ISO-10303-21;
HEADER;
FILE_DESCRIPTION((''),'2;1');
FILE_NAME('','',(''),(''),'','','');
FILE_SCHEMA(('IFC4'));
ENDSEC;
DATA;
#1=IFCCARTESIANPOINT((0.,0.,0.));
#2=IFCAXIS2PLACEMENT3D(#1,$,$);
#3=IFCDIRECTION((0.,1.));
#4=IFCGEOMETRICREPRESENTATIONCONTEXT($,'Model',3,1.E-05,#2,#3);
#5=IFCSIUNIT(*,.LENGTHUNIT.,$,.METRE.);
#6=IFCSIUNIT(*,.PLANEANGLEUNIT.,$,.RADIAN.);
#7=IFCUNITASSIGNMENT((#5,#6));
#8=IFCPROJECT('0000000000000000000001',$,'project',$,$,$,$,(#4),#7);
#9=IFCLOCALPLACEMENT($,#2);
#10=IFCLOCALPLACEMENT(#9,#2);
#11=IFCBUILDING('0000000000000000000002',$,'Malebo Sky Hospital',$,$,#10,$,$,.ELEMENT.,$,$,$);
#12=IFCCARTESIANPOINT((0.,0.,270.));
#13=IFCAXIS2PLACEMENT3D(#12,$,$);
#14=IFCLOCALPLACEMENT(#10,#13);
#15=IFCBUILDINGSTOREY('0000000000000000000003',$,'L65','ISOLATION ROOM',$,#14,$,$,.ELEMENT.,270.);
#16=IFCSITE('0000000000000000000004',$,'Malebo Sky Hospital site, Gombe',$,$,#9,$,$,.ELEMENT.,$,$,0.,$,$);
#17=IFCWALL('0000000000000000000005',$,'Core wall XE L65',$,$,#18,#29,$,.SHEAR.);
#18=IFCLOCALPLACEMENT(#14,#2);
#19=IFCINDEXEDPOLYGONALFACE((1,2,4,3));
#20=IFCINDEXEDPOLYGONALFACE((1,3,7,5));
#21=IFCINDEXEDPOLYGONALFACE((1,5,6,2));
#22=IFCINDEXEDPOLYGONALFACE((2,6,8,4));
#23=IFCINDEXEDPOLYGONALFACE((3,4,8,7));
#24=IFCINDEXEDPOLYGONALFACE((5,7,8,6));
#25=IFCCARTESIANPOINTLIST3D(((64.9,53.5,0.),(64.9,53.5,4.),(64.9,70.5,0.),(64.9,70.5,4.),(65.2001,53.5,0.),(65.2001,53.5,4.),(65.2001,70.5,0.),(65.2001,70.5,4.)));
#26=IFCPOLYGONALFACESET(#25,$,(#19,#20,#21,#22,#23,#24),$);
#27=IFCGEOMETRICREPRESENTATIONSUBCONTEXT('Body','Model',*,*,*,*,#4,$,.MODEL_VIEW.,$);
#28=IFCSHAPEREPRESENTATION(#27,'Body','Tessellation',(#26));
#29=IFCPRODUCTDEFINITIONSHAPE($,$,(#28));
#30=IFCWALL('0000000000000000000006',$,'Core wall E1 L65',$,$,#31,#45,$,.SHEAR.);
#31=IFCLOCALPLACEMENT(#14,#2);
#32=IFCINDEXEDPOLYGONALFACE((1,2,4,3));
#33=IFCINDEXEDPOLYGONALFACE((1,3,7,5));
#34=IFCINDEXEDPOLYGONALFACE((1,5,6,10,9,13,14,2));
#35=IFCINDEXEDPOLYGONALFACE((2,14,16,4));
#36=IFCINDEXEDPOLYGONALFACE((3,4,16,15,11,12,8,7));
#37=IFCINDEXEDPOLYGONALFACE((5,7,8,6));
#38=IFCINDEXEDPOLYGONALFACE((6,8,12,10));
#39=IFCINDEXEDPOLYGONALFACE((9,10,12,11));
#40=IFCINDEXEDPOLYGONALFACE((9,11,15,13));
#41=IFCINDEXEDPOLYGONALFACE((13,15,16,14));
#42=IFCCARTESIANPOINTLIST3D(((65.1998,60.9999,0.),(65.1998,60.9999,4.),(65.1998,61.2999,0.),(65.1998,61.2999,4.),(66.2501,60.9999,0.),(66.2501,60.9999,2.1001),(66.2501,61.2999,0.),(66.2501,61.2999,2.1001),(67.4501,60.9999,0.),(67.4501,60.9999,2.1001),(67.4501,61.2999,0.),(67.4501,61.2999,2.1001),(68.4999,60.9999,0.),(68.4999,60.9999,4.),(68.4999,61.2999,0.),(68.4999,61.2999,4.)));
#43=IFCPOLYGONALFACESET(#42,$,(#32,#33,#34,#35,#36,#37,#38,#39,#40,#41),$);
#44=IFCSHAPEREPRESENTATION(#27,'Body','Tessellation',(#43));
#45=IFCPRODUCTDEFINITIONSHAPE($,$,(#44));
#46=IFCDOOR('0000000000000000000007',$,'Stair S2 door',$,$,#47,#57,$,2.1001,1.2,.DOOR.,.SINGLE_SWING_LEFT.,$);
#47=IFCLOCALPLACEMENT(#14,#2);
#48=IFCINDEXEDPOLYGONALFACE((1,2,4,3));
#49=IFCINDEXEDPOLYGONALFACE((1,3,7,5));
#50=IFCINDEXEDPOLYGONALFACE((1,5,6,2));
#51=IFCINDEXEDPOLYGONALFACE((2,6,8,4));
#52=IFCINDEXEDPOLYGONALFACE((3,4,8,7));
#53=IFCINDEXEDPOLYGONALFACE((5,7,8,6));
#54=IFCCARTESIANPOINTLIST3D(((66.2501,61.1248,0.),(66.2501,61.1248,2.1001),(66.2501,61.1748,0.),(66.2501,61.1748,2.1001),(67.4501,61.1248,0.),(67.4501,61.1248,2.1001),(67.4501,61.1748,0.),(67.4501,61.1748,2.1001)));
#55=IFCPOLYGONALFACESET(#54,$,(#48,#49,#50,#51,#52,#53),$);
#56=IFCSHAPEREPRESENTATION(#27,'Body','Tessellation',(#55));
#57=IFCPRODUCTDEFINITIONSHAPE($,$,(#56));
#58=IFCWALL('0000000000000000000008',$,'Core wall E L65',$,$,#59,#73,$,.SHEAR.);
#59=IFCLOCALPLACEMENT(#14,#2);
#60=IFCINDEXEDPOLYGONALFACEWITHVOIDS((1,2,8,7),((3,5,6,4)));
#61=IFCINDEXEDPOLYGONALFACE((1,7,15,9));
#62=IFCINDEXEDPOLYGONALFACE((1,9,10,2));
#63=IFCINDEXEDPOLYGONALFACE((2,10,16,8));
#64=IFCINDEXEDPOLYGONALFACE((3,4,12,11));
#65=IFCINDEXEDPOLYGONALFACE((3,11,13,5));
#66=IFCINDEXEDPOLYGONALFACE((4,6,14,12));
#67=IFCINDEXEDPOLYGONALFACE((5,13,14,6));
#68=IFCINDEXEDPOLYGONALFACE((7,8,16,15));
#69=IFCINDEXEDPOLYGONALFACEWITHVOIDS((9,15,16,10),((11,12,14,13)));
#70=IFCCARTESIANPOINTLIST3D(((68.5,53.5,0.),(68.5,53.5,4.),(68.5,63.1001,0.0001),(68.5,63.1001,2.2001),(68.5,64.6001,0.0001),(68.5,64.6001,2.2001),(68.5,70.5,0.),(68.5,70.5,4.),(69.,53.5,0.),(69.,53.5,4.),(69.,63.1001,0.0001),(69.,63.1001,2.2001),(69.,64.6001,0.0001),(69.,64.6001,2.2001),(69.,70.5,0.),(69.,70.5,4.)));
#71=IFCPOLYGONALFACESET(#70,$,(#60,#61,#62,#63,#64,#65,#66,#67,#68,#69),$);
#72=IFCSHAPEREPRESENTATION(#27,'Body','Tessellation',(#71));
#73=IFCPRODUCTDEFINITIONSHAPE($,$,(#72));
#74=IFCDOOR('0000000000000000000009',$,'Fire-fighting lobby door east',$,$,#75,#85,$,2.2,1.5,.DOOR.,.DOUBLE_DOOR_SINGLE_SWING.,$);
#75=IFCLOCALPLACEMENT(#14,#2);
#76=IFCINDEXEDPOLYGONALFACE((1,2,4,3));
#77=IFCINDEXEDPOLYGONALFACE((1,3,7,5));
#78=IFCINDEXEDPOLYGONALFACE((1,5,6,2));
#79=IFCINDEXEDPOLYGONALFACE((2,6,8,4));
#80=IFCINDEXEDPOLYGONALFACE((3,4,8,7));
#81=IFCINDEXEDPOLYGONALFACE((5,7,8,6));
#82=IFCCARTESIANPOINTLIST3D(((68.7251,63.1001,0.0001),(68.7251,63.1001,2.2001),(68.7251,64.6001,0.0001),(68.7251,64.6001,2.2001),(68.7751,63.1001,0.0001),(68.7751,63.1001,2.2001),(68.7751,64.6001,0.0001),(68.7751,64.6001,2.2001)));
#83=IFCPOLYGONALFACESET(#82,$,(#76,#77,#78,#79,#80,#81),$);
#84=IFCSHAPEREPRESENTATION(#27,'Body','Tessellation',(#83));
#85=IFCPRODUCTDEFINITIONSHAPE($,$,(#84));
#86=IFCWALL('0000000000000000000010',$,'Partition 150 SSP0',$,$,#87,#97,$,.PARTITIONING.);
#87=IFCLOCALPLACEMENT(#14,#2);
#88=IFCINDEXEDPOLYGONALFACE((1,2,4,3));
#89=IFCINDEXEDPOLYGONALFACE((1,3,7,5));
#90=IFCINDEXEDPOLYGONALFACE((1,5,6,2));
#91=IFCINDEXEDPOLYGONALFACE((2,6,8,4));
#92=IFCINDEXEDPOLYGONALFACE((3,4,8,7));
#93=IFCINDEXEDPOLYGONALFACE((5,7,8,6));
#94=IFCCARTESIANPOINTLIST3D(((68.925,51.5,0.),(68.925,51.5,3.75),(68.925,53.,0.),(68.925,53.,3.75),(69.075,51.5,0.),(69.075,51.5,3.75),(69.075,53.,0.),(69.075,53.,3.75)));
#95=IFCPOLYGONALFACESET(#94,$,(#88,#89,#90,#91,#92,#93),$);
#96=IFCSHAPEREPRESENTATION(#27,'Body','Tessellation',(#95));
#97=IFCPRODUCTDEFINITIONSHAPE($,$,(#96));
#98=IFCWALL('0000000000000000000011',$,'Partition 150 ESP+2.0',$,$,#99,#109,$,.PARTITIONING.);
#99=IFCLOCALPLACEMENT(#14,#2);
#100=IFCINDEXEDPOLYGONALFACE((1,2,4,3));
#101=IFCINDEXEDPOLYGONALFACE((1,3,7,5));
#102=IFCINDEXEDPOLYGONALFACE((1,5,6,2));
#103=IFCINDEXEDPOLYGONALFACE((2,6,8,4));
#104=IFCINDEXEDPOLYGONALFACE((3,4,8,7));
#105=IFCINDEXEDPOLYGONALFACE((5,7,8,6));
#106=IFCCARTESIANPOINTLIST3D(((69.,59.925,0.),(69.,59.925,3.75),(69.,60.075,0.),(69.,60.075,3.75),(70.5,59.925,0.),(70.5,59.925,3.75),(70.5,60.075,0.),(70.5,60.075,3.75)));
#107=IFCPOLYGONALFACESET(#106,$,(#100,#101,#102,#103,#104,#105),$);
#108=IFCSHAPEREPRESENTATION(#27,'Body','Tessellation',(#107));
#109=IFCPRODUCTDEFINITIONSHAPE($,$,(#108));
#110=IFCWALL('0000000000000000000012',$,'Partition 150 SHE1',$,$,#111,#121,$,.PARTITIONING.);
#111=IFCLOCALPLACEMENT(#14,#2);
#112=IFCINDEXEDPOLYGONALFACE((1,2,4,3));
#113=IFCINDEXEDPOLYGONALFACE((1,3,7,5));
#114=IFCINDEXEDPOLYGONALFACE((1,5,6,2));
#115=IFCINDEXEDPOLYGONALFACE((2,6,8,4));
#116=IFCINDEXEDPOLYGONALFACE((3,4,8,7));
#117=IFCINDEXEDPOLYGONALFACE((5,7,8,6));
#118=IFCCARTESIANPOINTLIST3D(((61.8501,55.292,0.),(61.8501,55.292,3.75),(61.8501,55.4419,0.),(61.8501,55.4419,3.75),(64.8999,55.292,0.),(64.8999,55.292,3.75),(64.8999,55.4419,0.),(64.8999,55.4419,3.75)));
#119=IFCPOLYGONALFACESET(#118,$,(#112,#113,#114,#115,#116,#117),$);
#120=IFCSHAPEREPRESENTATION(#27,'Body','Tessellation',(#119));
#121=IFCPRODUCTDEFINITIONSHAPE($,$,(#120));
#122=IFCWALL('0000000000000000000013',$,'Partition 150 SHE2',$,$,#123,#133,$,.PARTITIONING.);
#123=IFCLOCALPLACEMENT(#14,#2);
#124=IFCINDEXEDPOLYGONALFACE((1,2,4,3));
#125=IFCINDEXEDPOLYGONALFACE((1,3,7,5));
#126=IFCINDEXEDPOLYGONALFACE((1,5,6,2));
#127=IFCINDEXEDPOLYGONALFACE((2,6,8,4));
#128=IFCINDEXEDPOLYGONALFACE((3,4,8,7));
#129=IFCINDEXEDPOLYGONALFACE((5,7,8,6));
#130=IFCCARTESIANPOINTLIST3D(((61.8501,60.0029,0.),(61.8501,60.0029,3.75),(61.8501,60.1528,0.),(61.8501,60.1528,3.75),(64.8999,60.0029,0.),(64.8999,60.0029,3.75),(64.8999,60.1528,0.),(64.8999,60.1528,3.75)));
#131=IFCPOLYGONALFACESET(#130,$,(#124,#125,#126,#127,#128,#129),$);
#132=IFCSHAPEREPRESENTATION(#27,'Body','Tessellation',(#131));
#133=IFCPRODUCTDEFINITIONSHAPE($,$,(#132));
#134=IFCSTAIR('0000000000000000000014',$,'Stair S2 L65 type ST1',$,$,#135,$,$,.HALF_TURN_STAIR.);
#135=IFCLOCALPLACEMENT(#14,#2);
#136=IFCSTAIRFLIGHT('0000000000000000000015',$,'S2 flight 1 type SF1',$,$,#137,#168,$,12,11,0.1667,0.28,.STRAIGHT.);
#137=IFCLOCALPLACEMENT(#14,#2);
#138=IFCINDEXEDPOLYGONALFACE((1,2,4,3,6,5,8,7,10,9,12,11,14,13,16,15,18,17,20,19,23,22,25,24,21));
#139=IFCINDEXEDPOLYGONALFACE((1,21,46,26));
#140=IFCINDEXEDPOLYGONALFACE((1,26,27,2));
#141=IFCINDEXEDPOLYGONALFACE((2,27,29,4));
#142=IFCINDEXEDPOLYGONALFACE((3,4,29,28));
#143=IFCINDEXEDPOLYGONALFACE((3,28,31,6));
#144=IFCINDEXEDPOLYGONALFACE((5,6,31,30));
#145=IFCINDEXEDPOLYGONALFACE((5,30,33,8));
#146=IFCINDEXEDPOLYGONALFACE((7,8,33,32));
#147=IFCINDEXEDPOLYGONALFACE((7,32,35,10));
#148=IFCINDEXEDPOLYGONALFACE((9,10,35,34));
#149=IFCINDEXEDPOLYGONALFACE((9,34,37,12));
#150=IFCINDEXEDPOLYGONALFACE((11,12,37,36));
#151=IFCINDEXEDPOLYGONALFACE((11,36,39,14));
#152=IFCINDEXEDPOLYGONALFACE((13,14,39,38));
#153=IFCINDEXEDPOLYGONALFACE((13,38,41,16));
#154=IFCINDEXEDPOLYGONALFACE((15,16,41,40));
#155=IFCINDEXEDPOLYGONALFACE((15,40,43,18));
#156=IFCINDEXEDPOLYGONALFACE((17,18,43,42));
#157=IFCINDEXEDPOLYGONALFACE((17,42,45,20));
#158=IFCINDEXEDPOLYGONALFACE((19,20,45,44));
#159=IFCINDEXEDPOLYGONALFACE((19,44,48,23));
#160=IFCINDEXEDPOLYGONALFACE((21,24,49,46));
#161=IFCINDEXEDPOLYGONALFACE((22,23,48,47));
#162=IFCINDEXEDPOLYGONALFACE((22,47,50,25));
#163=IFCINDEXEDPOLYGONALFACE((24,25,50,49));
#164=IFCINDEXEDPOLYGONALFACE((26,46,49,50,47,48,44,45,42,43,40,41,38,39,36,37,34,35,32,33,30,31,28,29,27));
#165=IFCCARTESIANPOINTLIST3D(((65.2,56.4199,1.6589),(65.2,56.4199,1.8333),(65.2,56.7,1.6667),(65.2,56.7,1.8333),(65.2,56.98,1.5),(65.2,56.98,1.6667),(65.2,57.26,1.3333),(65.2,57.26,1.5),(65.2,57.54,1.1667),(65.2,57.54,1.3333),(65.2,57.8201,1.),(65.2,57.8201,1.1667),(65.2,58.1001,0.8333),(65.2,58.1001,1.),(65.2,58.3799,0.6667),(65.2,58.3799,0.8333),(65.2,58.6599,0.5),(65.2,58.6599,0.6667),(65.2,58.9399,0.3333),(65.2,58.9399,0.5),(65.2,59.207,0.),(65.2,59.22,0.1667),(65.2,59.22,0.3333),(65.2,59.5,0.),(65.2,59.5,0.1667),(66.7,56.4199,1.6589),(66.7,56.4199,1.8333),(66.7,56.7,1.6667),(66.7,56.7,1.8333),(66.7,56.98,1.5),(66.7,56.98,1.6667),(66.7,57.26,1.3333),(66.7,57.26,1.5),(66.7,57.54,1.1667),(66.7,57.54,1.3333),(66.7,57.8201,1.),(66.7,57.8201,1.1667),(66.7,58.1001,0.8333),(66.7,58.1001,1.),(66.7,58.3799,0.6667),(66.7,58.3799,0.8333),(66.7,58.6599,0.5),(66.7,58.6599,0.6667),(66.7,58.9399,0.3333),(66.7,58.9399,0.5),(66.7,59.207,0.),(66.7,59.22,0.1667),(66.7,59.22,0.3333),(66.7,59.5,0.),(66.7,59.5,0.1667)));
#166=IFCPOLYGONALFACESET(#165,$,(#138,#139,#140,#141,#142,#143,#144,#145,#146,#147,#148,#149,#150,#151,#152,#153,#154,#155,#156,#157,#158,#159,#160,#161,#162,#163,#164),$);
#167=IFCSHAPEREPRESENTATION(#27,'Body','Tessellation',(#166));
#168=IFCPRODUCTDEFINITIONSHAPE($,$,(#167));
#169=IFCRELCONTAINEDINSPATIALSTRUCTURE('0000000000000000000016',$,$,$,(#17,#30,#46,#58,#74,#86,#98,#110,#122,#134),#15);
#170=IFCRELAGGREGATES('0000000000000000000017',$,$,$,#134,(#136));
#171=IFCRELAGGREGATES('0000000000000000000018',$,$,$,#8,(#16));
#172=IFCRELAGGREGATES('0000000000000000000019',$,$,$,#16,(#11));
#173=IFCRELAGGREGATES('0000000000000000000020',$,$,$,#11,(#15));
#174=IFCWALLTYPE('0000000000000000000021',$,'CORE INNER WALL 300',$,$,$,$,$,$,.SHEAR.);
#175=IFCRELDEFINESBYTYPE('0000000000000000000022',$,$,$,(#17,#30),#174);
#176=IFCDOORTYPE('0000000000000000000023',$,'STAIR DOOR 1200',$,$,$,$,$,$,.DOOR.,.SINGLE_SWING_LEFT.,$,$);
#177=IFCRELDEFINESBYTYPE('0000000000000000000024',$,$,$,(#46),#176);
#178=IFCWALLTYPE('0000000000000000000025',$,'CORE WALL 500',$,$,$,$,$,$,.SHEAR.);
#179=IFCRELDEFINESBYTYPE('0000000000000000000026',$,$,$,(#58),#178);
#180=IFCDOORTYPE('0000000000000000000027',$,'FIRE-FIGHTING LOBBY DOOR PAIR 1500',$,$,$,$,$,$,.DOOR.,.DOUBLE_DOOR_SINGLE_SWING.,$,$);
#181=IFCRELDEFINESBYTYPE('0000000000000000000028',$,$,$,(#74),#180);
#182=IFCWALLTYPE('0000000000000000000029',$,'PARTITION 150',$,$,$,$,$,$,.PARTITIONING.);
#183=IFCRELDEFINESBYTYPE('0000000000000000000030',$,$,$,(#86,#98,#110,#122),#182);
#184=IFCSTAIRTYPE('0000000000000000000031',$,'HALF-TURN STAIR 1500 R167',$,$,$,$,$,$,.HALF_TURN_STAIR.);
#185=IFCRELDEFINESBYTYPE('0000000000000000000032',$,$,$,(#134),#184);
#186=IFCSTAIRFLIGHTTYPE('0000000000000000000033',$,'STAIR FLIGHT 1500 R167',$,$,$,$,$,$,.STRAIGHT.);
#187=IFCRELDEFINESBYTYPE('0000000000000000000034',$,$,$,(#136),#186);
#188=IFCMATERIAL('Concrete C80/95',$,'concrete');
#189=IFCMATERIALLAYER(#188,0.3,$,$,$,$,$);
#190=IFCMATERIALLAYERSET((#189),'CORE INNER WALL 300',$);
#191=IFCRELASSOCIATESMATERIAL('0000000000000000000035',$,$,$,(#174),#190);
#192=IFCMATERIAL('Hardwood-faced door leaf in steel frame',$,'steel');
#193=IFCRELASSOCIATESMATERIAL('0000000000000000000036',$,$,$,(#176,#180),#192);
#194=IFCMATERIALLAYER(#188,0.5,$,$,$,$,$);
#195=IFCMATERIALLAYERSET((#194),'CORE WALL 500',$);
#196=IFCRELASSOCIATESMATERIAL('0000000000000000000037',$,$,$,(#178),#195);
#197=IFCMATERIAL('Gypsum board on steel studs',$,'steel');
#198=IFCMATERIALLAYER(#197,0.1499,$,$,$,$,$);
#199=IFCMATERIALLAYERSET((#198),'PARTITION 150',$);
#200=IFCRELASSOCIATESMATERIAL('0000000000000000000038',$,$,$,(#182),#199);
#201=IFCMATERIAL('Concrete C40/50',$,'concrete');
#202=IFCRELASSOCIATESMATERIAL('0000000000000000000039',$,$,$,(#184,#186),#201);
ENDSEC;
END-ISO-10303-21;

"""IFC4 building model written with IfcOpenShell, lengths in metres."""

from ifc_helpers import new_model, si_unit, direction, frame, frame_2d, origin, place, context, subcontext, project, spatial, polyline, rectangle, outline, extrude, material, layer, layer_set, type_object, element, fill, aggregate, save


model = new_model("IFC4")

# Units and contexts
model_context = context("Model", 3, precision=1e-05, world=origin(), true_north=direction((0.0, 1.0)))
body_context = subcontext(model_context, "Body", "Model", "MODEL_VIEW")
ifc_project = project(units=[si_unit("LENGTHUNIT", "METRE"), si_unit("PLANEANGLEUNIT", "RADIAN")], contexts=[model_context])

# Site, building, storey
site_placement = place(None, origin())
site = spatial("IfcSite", under=ifc_project, at=site_placement, Name="Malebo Sky Hospital site, Gombe", CompositionType="ELEMENT", RefElevation=0.0)
building_placement = place(site_placement, origin())
building = spatial("IfcBuilding", under=site, at=building_placement, Name="Malebo Sky Hospital", CompositionType="ELEMENT")
storey_placement = place(building_placement, frame((0.0, 0.0, 270.0)))
storey = spatial("IfcBuildingStorey", under=building, at=storey_placement, Name="L65", Description="ISOLATION ROOM", CompositionType="ELEMENT", Elevation=270.0)

# Shared definitions
ifc_material_1 = material(Name="Concrete C80/95", Category="concrete")
ifc_material_2 = material(Name="Hardwood-faced door leaf in steel frame", Category="steel")

# Wall
ifc_layer_1 = layer(ifc_material_1, 0.3)
ifc_layer_set_1 = layer_set([ifc_layer_1], Name="CORE INNER WALL 300")
wall_type_1 = type_object("IfcWallType", Name="CORE INNER WALL 300", PredefinedType="SHEAR", material=ifc_layer_set_1)
wall_1_placement = place(storey_placement, frame((65.05, 53.5, 0.0), z_axis=(0.0, 0.0, 1.0), x_axis=(0.0, 1.0, 0.0)))
element("IfcWall", 1, at=wall_1_placement, inside=storey, type_object=wall_type_1, Name="Core wall XE L65", PredefinedType="SHEAR", context=body_context, shape_type="SweptSolid", body=[
    extrude(rectangle(XDim=17.0, YDim=0.3, at=frame_2d((8.5, 0.0))), origin(), (0.0, 0.0, 1.0), 4.0),
])

# Walls, openings, doors
wall_2_placement = place(storey_placement, frame((65.2, 61.1499, 0.0), z_axis=(0.0, 0.0, 1.0), x_axis=(1.0, 0.0, 0.0)))
wall_2 = element("IfcWall", 2, at=wall_2_placement, inside=storey, type_object=wall_type_1, Name="Core wall E1 L65", PredefinedType="SHEAR", context=body_context, shape_type="SweptSolid", body=[
    extrude(rectangle(XDim=3.3, YDim=0.3, at=frame_2d((1.6499, 0.0))), origin(), (0.0, 0.0, 1.0), 4.0),
])
opening_1_placement = place(wall_2_placement, frame((1.05, 0.0, 0.0)))
opening_1 = element("IfcOpeningElement", 3, at=opening_1_placement, cuts=wall_2, PredefinedType="OPENING", context=body_context, shape_type="SweptSolid", body=[
    extrude(rectangle(XDim=1.2, YDim=2.1001, at=frame_2d((0.6001, 1.05))), frame((0.0, 0.1599, 0.0), z_axis=(0.0, -1.0, 0.0), x_axis=(1.0, 0.0, 0.0)), (0.0, 0.0, 1.0), 0.3201),
])
door_type_1 = type_object("IfcDoorType", Name="STAIR DOOR 1200", OperationType="SINGLE_SWING_LEFT", PredefinedType="DOOR", material=ifc_material_2)
door_1_placement = place(opening_1_placement, origin())
door_1 = element("IfcDoor", 4, at=door_1_placement, inside=storey, type_object=door_type_1, Name="Stair S2 door", OperationType="SINGLE_SWING_LEFT", OverallHeight=2.1001, OverallWidth=1.2, PredefinedType="DOOR", context=body_context, shape_type="SweptSolid", body=[
    extrude(rectangle(XDim=1.2, YDim=2.1001, at=frame_2d((0.6001, 1.05))), frame((0.0, 0.0249, 0.0), z_axis=(0.0, -1.0, 0.0), x_axis=(1.0, 0.0, 0.0)), (0.0, 0.0, 1.0), 0.05),
])
fill(opening_1, door_1)
ifc_layer_2 = layer(ifc_material_1, 0.5)
ifc_layer_set_2 = layer_set([ifc_layer_2], Name="CORE WALL 500")
wall_type_2 = type_object("IfcWallType", Name="CORE WALL 500", PredefinedType="SHEAR", material=ifc_layer_set_2)
wall_3_placement = place(storey_placement, frame((68.75, 53.5, 0.0), z_axis=(0.0, 0.0, 1.0), x_axis=(0.0, 1.0, 0.0)))
wall_3 = element("IfcWall", 5, at=wall_3_placement, inside=storey, type_object=wall_type_2, Name="Core wall E L65", PredefinedType="SHEAR", context=body_context, shape_type="SweptSolid", body=[
    extrude(rectangle(XDim=17.0, YDim=0.5, at=frame_2d((8.5, 0.0))), origin(), (0.0, 0.0, 1.0), 4.0),
])
opening_2_placement = place(wall_3_placement, frame((9.6001, 0.0, 0.0)))
opening_2 = element("IfcOpeningElement", 6, at=opening_2_placement, cuts=wall_3, PredefinedType="OPENING", context=body_context, shape_type="SweptSolid", body=[
    extrude(rectangle(XDim=1.5, YDim=2.2, at=frame_2d((0.75, 1.1001))), frame((0.0, 0.26, 0.0), z_axis=(0.0, -1.0, 0.0), x_axis=(1.0, 0.0, 0.0)), (0.0, 0.0, 1.0), 0.52),
])
door_type_2 = type_object("IfcDoorType", Name="FIRE-FIGHTING LOBBY DOOR PAIR 1500", OperationType="DOUBLE_DOOR_SINGLE_SWING", PredefinedType="DOOR", material=ifc_material_2)
door_2_placement = place(opening_2_placement, origin())
door_2 = element("IfcDoor", 7, at=door_2_placement, inside=storey, type_object=door_type_2, Name="Fire-fighting lobby door east", OperationType="DOUBLE_DOOR_SINGLE_SWING", OverallHeight=2.2, OverallWidth=1.5, PredefinedType="DOOR", context=body_context, shape_type="SweptSolid", body=[
    extrude(rectangle(XDim=1.5, YDim=2.2, at=frame_2d((0.75, 1.1001))), frame((0.0, 0.0249, 0.0), z_axis=(0.0, -1.0, 0.0), x_axis=(1.0, 0.0, 0.0)), (0.0, 0.0, 1.0), 0.05),
])
fill(opening_2, door_2)

# Walls
ifc_material_3 = material(Name="Gypsum board on steel studs", Category="steel")
ifc_layer_3 = layer(ifc_material_3, 0.1499)
ifc_layer_set_3 = layer_set([ifc_layer_3], Name="PARTITION 150")
wall_type_3 = type_object("IfcWallType", Name="PARTITION 150", PredefinedType="PARTITIONING", material=ifc_layer_set_3)
for number, where, z_axis, x_axis, name in (
    (8, (69.0, 53.0, 0.0), (0.0, 0.0, 1.0), (0.0, -1.0, 0.0), "Partition 150 SSP0"),
    (9, (69.0, 60.0, 0.0), (0.0, 0.0, 1.0), (1.0, 0.0, 0.0), "Partition 150 ESP+2.0"),
):
    element("IfcWall", number, at=place(storey_placement, frame(where, z_axis=z_axis, x_axis=x_axis)), inside=storey, type_object=wall_type_3, Name=name, PredefinedType="PARTITIONING", context=body_context, shape_type="SweptSolid", body=[
        extrude(rectangle(XDim=1.5, YDim=0.1499, at=frame_2d((0.75, 0.0))), origin(), (0.0, 0.0, 1.0), 3.75),
    ])
for number, where, z_axis, x_axis, name in (
    (10, (61.8501, 55.3669, 0.0), (0.0, 0.0, 1.0), (1.0, 0.0, 0.0), "Partition 150 SHE1"),
    (11, (61.8501, 60.0779, 0.0), (0.0, 0.0, 1.0), (1.0, 0.0, 0.0), "Partition 150 SHE2"),
):
    element("IfcWall", number, at=place(storey_placement, frame(where, z_axis=z_axis, x_axis=x_axis)), inside=storey, type_object=wall_type_3, Name=name, PredefinedType="PARTITIONING", context=body_context, shape_type="SweptSolid", body=[
        extrude(rectangle(XDim=3.0498, YDim=0.1499, at=frame_2d((1.5249, 0.0))), origin(), (0.0, 0.0, 1.0), 3.75),
    ])

# Stair, stair flight
ifc_material_4 = material(Name="Concrete C40/50", Category="concrete")
stair_type = type_object("IfcStairType", Name="HALF-TURN STAIR 1500 R167", PredefinedType="HALF_TURN_STAIR", material=ifc_material_4)
stair_placement = place(storey_placement, origin())
stair = element("IfcStair", 12, at=stair_placement, inside=storey, type_object=stair_type, Name="Stair S2 L65 type ST1", PredefinedType="HALF_TURN_STAIR")
stair_flight_type = type_object("IfcStairFlightType", Name="STAIR FLIGHT 1500 R167", PredefinedType="STRAIGHT", material=ifc_material_4)
stair_flight_1_placement = place(storey_placement, frame((65.95, 59.5, 0.0), z_axis=(0.0, 0.0, 1.0), x_axis=(0.0, -1.0, 0.0)))
stair_flight_1 = element("IfcStairFlight", 13, at=stair_flight_1_placement, type_object=stair_flight_type, Name="S2 flight 1 type SF1", NumberOfRisers=12, NumberOfTreads=11, PredefinedType="STRAIGHT", RiserHeight=0.1667, TreadLength=0.28, context=body_context, shape_type="SweptSolid", body=[
    extrude(outline(polyline([(0.0, 0.0), (0.0, 0.1667), (0.28, 0.1667), (0.28, 0.3333), (0.5601, 0.3333), (0.5601, 0.5), (0.8401, 0.5), (0.8401, 0.6667), (1.1201, 0.6667), (1.1201, 0.8333), (1.3999, 0.8333), (1.3999, 1.0), (1.6799, 1.0), (1.6799, 1.1667), (1.96, 1.1667), (1.96, 1.3333), (2.24, 1.3333), (2.24, 1.5), (2.52, 1.5), (2.52, 1.6667), (2.8, 1.6667), (2.8, 1.8333), (3.0801, 1.8333), (3.0801, 2.0), (3.0801, 1.6589), (0.293, 0.0), (0.0, 0.0)])), frame((0.0, 0.75, 0.0), z_axis=(0.0, -1.0, 0.0), x_axis=(1.0, 0.0, 0.0)), (0.0, 0.0, 1.0), 1.5),
])
aggregate(stair, [stair_flight_1])

save(model, "model.ifc")
